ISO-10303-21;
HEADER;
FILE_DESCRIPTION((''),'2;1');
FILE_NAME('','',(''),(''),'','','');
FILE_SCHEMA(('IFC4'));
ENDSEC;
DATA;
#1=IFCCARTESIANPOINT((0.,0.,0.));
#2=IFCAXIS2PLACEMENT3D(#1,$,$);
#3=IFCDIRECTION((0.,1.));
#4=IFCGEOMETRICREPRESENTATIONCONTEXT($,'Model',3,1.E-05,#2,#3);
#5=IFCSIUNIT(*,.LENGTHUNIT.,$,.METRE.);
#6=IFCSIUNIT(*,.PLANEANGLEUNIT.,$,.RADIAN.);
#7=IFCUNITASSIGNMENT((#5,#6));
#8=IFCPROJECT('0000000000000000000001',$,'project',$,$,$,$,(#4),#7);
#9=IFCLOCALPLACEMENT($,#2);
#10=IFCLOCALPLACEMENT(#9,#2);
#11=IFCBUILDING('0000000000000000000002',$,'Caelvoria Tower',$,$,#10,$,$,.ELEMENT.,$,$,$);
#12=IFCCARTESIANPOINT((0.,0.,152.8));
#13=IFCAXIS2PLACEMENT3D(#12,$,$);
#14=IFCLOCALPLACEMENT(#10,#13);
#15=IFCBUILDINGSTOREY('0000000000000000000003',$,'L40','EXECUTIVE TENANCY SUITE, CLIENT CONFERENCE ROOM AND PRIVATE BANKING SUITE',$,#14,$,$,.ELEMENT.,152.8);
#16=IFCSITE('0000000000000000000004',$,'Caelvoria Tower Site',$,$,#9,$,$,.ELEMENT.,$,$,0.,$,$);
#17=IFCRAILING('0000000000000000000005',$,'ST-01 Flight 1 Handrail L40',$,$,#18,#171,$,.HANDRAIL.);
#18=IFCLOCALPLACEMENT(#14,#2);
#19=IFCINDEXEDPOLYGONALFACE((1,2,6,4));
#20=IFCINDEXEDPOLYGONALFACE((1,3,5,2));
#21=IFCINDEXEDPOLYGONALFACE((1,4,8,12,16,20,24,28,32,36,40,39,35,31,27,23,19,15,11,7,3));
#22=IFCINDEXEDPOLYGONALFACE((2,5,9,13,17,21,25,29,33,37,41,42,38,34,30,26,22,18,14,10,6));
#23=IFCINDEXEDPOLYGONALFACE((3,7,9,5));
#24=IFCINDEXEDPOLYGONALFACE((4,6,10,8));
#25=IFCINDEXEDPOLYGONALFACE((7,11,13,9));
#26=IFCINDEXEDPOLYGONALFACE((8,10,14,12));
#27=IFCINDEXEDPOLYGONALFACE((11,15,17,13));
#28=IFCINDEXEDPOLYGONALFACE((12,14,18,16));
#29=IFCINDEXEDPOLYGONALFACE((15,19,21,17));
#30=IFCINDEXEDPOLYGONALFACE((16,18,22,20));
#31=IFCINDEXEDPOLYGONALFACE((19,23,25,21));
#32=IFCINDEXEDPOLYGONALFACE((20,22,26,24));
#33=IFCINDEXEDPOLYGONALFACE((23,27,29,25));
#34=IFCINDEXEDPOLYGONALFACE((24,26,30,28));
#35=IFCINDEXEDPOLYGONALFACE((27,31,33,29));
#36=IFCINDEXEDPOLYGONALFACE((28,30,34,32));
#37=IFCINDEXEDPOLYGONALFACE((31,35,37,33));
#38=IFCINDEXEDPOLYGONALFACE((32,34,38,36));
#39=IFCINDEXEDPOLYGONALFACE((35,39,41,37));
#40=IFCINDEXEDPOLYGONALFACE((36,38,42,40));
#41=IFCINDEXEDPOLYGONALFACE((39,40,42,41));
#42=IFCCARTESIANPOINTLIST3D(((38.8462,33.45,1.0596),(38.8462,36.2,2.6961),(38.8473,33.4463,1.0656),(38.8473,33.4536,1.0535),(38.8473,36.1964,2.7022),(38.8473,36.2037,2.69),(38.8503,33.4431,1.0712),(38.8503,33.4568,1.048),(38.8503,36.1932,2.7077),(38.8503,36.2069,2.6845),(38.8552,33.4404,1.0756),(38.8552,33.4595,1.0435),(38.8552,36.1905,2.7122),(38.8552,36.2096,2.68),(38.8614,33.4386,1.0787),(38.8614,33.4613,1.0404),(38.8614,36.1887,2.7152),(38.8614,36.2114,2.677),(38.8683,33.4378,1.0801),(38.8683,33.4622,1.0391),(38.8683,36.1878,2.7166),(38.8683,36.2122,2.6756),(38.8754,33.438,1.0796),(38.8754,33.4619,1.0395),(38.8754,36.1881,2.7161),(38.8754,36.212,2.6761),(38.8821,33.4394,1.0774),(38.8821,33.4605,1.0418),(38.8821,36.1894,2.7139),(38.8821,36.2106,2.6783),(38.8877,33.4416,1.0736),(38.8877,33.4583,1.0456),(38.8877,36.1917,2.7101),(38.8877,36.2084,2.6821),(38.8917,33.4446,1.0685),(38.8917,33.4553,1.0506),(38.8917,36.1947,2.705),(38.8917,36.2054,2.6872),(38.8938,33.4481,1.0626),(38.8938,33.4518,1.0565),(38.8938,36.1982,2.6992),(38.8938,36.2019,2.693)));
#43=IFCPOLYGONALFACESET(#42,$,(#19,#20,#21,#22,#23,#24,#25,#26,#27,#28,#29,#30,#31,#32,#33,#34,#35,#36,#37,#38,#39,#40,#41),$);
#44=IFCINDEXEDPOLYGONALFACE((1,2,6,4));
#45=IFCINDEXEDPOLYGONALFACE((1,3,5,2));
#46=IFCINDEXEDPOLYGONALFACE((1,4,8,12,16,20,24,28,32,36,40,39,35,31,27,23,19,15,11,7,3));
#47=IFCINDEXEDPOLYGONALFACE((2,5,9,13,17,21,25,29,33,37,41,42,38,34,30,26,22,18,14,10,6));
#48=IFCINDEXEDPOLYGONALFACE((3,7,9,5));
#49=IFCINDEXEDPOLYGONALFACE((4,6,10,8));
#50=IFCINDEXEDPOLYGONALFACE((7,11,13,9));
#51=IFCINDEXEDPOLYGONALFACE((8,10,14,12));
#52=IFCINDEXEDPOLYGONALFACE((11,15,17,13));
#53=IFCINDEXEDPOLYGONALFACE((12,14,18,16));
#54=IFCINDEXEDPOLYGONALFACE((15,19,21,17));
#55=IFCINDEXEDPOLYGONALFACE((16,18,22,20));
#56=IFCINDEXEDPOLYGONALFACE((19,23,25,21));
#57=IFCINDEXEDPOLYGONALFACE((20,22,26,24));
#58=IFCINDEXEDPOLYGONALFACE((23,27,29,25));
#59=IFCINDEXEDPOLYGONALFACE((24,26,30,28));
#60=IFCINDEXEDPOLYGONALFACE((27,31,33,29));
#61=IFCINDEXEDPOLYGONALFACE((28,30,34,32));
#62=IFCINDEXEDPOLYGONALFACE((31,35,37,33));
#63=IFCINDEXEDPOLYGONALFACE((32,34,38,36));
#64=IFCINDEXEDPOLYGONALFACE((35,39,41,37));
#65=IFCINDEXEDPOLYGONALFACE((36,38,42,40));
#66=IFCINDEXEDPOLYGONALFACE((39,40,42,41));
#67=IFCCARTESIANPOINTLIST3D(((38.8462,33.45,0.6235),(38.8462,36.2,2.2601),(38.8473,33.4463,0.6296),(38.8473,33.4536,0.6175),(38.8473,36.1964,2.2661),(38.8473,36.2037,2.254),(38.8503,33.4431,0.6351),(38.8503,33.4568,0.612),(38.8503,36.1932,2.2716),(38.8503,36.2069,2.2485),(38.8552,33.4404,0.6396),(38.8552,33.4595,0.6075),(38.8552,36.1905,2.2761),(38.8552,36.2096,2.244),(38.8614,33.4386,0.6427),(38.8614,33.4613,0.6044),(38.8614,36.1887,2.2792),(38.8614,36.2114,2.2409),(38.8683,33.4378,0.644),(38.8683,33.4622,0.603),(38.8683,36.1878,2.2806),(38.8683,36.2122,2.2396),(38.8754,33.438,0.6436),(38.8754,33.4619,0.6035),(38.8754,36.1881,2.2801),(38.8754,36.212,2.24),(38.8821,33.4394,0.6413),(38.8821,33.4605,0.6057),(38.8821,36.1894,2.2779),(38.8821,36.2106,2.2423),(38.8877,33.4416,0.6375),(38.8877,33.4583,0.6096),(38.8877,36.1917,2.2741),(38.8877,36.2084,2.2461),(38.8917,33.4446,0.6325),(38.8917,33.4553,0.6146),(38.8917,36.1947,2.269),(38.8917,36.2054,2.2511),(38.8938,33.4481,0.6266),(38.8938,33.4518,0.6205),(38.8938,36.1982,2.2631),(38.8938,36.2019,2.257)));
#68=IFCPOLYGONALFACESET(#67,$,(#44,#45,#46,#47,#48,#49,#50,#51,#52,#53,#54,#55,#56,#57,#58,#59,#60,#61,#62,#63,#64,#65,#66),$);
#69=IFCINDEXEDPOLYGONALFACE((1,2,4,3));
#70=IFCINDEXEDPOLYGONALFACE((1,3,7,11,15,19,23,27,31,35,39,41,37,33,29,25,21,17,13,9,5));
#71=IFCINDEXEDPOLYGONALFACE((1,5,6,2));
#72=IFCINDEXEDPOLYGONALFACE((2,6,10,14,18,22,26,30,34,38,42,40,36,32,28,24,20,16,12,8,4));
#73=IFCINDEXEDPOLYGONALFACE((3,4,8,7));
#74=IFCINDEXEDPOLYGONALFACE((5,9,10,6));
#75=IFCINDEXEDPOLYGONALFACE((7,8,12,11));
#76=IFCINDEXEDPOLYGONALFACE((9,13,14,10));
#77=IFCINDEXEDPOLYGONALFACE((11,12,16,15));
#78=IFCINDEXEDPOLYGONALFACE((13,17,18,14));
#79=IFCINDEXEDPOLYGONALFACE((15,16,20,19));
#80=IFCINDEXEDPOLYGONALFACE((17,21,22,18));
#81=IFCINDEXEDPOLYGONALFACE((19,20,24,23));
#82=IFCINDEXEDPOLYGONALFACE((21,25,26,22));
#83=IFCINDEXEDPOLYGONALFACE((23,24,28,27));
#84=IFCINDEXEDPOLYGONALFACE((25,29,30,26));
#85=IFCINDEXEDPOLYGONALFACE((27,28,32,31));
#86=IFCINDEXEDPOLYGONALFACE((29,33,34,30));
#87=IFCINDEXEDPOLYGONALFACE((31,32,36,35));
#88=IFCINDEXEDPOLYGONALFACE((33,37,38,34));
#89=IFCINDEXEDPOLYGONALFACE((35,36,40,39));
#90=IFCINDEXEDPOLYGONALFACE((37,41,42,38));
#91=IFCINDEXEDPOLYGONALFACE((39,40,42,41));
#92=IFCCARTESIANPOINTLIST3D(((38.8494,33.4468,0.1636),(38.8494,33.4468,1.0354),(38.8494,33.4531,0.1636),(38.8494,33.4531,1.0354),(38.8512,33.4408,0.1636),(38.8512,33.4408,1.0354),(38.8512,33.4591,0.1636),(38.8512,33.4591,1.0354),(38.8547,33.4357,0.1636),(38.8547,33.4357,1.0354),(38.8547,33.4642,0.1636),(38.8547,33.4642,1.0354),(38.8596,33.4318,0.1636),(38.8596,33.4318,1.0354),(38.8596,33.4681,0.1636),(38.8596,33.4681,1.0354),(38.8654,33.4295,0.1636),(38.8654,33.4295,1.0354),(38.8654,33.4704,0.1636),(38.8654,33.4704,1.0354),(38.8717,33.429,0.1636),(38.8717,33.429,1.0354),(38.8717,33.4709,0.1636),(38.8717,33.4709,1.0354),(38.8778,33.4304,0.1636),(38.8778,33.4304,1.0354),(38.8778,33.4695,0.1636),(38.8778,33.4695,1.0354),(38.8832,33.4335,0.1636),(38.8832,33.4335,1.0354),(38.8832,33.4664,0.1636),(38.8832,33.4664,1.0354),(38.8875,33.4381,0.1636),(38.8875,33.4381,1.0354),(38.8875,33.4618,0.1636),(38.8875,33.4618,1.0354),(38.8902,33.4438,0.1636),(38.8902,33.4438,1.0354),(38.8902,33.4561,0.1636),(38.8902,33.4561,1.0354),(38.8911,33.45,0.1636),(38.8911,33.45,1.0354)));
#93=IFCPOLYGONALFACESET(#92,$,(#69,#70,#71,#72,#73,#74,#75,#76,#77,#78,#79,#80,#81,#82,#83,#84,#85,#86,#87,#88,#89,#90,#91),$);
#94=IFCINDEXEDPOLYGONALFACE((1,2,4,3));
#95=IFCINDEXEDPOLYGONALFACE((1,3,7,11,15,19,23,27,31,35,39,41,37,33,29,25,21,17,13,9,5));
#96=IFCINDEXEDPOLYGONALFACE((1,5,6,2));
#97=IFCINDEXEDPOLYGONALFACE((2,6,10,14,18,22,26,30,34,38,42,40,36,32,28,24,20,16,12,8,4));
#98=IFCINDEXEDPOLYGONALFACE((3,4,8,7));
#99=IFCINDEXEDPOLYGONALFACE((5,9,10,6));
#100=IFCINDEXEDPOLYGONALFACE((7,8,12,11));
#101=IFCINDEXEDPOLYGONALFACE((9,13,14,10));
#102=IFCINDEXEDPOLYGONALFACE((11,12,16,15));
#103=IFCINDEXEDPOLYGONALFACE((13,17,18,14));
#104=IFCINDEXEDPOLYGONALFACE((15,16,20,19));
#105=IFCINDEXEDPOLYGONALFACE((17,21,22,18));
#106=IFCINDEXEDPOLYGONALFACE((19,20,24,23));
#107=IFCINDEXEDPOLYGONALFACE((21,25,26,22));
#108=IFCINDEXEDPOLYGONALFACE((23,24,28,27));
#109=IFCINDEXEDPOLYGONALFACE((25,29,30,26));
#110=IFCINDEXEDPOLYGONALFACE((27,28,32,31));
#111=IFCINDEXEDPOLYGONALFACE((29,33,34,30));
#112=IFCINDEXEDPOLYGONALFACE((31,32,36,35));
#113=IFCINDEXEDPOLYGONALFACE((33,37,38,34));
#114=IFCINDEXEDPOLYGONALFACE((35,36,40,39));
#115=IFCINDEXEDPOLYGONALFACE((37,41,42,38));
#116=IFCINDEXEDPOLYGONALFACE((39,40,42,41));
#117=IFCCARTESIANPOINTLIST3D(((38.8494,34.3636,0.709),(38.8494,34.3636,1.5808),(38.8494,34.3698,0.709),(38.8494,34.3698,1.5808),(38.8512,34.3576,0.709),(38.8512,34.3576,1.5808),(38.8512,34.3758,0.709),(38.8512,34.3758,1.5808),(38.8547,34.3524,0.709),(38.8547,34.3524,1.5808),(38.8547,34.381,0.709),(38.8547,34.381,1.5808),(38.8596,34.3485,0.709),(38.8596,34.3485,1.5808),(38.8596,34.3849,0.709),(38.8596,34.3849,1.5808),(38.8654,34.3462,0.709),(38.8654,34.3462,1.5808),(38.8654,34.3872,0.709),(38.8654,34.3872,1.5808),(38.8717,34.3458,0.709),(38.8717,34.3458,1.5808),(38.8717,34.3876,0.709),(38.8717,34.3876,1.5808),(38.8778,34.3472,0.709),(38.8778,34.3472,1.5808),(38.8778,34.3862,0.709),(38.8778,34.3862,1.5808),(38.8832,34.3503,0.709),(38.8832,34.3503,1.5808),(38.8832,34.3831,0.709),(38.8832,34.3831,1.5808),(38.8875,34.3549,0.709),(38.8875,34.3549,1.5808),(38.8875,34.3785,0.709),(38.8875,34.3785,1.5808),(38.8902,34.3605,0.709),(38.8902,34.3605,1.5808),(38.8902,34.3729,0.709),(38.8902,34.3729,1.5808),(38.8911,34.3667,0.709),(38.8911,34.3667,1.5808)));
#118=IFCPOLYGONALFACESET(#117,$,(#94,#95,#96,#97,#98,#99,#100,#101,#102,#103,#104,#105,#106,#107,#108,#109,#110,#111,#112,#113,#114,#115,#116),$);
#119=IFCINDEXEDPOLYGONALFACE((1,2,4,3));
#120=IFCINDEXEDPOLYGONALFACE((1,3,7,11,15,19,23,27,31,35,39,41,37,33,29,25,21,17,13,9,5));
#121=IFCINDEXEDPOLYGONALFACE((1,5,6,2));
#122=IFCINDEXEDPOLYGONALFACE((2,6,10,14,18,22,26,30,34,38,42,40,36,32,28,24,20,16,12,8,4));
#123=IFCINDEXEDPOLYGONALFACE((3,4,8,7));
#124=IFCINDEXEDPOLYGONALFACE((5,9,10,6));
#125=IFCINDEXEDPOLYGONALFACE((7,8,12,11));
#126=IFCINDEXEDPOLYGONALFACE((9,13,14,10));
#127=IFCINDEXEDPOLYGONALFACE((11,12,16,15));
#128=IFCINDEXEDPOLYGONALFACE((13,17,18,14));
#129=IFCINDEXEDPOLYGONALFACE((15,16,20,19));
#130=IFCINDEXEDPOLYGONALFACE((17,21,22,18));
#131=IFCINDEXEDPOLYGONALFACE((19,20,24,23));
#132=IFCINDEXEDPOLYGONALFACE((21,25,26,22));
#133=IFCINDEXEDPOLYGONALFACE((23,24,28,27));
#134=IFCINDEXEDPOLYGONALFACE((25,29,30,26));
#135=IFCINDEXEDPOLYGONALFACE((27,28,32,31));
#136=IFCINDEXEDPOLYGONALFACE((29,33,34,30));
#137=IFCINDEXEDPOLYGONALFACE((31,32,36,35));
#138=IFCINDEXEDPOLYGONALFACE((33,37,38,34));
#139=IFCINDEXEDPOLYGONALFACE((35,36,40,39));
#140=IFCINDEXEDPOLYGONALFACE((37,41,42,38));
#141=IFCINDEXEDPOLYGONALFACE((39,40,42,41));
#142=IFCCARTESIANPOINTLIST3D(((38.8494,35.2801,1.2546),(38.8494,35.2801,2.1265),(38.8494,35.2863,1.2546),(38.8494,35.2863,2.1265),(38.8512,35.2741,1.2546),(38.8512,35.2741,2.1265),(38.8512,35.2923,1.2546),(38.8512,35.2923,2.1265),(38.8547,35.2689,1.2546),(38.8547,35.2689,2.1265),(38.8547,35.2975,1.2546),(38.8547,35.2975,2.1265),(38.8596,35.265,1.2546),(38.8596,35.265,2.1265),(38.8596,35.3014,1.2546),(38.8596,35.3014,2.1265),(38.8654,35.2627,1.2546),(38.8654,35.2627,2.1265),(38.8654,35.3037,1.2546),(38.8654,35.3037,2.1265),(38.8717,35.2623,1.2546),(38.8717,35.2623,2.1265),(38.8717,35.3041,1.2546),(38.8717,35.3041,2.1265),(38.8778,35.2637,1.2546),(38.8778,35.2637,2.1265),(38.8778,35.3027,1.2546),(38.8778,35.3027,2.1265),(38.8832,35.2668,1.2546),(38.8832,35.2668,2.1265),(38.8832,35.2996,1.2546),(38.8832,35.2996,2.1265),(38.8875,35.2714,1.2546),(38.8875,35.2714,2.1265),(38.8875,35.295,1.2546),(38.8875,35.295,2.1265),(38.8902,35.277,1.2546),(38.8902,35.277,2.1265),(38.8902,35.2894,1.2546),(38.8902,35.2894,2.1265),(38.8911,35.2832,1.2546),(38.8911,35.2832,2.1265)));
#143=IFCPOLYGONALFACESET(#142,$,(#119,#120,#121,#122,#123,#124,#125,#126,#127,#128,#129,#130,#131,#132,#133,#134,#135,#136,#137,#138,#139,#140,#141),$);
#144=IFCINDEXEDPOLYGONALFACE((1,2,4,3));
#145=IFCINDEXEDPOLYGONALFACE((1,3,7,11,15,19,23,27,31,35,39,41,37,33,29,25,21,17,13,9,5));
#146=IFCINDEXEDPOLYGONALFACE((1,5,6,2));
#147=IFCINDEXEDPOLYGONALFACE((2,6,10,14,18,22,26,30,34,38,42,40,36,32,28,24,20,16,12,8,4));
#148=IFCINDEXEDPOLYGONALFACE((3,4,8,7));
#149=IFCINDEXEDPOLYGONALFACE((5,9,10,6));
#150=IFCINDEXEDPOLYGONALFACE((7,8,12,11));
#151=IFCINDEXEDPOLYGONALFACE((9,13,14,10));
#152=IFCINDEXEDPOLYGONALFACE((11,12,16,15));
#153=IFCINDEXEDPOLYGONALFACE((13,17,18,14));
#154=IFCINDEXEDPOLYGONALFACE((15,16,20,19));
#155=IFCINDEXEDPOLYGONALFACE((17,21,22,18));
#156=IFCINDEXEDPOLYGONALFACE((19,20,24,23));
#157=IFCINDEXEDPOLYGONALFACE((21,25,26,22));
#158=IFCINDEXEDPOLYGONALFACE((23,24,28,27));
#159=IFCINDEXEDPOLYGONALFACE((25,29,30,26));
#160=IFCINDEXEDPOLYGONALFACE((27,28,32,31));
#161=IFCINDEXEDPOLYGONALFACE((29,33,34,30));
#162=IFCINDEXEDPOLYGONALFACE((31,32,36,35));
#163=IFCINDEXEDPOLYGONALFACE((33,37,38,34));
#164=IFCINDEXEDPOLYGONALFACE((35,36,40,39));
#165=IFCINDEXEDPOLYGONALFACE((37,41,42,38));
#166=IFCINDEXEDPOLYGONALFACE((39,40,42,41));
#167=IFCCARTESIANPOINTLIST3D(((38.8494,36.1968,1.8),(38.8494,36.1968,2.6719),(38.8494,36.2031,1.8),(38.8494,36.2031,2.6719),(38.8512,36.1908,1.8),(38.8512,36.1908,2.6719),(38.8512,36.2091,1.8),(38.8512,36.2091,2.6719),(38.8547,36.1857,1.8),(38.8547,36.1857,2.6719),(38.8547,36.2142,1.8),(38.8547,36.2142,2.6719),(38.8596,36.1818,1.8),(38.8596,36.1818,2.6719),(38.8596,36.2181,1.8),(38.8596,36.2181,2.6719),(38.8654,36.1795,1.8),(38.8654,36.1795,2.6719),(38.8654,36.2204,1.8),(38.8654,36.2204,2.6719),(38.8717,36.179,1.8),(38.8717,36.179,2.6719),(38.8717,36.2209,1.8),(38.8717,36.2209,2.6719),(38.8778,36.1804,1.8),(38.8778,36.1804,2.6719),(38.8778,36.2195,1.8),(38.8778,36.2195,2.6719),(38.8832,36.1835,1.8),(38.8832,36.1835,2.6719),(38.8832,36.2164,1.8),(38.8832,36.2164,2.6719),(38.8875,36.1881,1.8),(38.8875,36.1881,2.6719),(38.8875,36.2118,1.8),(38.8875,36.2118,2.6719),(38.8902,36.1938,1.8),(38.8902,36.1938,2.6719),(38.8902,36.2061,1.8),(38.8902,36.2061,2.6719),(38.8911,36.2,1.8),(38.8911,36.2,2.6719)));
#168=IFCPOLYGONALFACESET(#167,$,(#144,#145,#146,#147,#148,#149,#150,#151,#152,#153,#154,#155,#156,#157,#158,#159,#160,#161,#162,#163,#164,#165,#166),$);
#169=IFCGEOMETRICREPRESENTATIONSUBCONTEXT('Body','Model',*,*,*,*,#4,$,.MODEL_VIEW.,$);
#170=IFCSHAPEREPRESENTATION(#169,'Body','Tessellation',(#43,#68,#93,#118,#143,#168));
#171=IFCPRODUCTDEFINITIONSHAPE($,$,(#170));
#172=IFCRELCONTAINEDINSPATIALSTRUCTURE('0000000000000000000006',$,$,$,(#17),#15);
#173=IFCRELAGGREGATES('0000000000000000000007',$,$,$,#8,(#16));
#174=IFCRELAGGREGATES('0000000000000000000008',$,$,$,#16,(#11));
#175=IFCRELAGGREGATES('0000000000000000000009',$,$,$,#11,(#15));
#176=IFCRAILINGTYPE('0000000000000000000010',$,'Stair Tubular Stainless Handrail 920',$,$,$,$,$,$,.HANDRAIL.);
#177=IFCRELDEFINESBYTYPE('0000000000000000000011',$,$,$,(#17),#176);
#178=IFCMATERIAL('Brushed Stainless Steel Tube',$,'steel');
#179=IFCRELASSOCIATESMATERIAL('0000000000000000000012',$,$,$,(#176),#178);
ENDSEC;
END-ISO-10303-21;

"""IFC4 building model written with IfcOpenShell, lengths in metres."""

from ifc_helpers import new_model, si_unit, direction, frame, origin, origin_2d, place, context, subcontext, project, spatial, circle, extrude, material, type_object, element, save


model = new_model("IFC4")

# Units and contexts
model_context = context("Model", 3, precision=1e-05, world=origin(), true_north=direction((0.0, 1.0)))
body_context = subcontext(model_context, "Body", "Model", "MODEL_VIEW")
ifc_project = project(units=[si_unit("LENGTHUNIT", "METRE"), si_unit("PLANEANGLEUNIT", "RADIAN")], contexts=[model_context])

# Site, building, storey
site_placement = place(None, origin())
site = spatial("IfcSite", under=ifc_project, at=site_placement, Name="Caelvoria Tower Site", CompositionType="ELEMENT", RefElevation=0.0)
building_placement = place(site_placement, origin())
building = spatial("IfcBuilding", under=site, at=building_placement, Name="Caelvoria Tower", CompositionType="ELEMENT")
storey_placement = place(building_placement, frame((0.0, 0.0, 152.8)))
storey = spatial("IfcBuildingStorey", under=building, at=storey_placement, Name="L40", Description="EXECUTIVE TENANCY SUITE, CLIENT CONFERENCE ROOM AND PRIVATE BANKING SUITE", CompositionType="ELEMENT", Elevation=152.8)

# Railing
ifc_material_1 = material(Name="Brushed Stainless Steel Tube", Category="steel")
railing_type_1 = type_object("IfcRailingType", Name="Stair Tubular Stainless Handrail 920", PredefinedType="HANDRAIL", material=ifc_material_1)
railing_1_placement = place(storey_placement, frame((38.8701, 33.45, 0.1636)))
element("IfcRailing", 1, at=railing_1_placement, inside=storey, type_object=railing_type_1, Name="ST-01 Flight 1 Handrail L40", PredefinedType="HANDRAIL", context=body_context, shape_type="SweptSolid", body=[
    extrude(circle(Radius=0.0239, at=origin_2d()), frame((0.0, 0.0, 0.896), z_axis=(0.0, 0.859352, 0.511385), x_axis=(-1.0, 0.0, 0.0)), (0.0, 0.0, 1.0), 3.2002),
    extrude(circle(Radius=0.0239, at=origin_2d()), frame((0.0, 0.0, 0.46), z_axis=(0.0, 0.859352, 0.511385), x_axis=(-1.0, 0.0, 0.0)), (0.0, 0.0, 1.0), 3.2002),
    extrude(circle(Radius=0.021, at=origin_2d()), origin(), (0.0, 0.0, 1.0), 0.8718),
    extrude(circle(Radius=0.021, at=origin_2d()), frame((0.0, 0.9167, 0.5454)), (0.0, 0.0, 1.0), 0.8718),
    extrude(circle(Radius=0.021, at=origin_2d()), frame((0.0, 1.8333, 1.0911)), (0.0, 0.0, 1.0), 0.8718),
    extrude(circle(Radius=0.021, at=origin_2d()), frame((0.0, 2.75, 1.6365)), (0.0, 0.0, 1.0), 0.8718),
])

save(model, "model.ifc")
